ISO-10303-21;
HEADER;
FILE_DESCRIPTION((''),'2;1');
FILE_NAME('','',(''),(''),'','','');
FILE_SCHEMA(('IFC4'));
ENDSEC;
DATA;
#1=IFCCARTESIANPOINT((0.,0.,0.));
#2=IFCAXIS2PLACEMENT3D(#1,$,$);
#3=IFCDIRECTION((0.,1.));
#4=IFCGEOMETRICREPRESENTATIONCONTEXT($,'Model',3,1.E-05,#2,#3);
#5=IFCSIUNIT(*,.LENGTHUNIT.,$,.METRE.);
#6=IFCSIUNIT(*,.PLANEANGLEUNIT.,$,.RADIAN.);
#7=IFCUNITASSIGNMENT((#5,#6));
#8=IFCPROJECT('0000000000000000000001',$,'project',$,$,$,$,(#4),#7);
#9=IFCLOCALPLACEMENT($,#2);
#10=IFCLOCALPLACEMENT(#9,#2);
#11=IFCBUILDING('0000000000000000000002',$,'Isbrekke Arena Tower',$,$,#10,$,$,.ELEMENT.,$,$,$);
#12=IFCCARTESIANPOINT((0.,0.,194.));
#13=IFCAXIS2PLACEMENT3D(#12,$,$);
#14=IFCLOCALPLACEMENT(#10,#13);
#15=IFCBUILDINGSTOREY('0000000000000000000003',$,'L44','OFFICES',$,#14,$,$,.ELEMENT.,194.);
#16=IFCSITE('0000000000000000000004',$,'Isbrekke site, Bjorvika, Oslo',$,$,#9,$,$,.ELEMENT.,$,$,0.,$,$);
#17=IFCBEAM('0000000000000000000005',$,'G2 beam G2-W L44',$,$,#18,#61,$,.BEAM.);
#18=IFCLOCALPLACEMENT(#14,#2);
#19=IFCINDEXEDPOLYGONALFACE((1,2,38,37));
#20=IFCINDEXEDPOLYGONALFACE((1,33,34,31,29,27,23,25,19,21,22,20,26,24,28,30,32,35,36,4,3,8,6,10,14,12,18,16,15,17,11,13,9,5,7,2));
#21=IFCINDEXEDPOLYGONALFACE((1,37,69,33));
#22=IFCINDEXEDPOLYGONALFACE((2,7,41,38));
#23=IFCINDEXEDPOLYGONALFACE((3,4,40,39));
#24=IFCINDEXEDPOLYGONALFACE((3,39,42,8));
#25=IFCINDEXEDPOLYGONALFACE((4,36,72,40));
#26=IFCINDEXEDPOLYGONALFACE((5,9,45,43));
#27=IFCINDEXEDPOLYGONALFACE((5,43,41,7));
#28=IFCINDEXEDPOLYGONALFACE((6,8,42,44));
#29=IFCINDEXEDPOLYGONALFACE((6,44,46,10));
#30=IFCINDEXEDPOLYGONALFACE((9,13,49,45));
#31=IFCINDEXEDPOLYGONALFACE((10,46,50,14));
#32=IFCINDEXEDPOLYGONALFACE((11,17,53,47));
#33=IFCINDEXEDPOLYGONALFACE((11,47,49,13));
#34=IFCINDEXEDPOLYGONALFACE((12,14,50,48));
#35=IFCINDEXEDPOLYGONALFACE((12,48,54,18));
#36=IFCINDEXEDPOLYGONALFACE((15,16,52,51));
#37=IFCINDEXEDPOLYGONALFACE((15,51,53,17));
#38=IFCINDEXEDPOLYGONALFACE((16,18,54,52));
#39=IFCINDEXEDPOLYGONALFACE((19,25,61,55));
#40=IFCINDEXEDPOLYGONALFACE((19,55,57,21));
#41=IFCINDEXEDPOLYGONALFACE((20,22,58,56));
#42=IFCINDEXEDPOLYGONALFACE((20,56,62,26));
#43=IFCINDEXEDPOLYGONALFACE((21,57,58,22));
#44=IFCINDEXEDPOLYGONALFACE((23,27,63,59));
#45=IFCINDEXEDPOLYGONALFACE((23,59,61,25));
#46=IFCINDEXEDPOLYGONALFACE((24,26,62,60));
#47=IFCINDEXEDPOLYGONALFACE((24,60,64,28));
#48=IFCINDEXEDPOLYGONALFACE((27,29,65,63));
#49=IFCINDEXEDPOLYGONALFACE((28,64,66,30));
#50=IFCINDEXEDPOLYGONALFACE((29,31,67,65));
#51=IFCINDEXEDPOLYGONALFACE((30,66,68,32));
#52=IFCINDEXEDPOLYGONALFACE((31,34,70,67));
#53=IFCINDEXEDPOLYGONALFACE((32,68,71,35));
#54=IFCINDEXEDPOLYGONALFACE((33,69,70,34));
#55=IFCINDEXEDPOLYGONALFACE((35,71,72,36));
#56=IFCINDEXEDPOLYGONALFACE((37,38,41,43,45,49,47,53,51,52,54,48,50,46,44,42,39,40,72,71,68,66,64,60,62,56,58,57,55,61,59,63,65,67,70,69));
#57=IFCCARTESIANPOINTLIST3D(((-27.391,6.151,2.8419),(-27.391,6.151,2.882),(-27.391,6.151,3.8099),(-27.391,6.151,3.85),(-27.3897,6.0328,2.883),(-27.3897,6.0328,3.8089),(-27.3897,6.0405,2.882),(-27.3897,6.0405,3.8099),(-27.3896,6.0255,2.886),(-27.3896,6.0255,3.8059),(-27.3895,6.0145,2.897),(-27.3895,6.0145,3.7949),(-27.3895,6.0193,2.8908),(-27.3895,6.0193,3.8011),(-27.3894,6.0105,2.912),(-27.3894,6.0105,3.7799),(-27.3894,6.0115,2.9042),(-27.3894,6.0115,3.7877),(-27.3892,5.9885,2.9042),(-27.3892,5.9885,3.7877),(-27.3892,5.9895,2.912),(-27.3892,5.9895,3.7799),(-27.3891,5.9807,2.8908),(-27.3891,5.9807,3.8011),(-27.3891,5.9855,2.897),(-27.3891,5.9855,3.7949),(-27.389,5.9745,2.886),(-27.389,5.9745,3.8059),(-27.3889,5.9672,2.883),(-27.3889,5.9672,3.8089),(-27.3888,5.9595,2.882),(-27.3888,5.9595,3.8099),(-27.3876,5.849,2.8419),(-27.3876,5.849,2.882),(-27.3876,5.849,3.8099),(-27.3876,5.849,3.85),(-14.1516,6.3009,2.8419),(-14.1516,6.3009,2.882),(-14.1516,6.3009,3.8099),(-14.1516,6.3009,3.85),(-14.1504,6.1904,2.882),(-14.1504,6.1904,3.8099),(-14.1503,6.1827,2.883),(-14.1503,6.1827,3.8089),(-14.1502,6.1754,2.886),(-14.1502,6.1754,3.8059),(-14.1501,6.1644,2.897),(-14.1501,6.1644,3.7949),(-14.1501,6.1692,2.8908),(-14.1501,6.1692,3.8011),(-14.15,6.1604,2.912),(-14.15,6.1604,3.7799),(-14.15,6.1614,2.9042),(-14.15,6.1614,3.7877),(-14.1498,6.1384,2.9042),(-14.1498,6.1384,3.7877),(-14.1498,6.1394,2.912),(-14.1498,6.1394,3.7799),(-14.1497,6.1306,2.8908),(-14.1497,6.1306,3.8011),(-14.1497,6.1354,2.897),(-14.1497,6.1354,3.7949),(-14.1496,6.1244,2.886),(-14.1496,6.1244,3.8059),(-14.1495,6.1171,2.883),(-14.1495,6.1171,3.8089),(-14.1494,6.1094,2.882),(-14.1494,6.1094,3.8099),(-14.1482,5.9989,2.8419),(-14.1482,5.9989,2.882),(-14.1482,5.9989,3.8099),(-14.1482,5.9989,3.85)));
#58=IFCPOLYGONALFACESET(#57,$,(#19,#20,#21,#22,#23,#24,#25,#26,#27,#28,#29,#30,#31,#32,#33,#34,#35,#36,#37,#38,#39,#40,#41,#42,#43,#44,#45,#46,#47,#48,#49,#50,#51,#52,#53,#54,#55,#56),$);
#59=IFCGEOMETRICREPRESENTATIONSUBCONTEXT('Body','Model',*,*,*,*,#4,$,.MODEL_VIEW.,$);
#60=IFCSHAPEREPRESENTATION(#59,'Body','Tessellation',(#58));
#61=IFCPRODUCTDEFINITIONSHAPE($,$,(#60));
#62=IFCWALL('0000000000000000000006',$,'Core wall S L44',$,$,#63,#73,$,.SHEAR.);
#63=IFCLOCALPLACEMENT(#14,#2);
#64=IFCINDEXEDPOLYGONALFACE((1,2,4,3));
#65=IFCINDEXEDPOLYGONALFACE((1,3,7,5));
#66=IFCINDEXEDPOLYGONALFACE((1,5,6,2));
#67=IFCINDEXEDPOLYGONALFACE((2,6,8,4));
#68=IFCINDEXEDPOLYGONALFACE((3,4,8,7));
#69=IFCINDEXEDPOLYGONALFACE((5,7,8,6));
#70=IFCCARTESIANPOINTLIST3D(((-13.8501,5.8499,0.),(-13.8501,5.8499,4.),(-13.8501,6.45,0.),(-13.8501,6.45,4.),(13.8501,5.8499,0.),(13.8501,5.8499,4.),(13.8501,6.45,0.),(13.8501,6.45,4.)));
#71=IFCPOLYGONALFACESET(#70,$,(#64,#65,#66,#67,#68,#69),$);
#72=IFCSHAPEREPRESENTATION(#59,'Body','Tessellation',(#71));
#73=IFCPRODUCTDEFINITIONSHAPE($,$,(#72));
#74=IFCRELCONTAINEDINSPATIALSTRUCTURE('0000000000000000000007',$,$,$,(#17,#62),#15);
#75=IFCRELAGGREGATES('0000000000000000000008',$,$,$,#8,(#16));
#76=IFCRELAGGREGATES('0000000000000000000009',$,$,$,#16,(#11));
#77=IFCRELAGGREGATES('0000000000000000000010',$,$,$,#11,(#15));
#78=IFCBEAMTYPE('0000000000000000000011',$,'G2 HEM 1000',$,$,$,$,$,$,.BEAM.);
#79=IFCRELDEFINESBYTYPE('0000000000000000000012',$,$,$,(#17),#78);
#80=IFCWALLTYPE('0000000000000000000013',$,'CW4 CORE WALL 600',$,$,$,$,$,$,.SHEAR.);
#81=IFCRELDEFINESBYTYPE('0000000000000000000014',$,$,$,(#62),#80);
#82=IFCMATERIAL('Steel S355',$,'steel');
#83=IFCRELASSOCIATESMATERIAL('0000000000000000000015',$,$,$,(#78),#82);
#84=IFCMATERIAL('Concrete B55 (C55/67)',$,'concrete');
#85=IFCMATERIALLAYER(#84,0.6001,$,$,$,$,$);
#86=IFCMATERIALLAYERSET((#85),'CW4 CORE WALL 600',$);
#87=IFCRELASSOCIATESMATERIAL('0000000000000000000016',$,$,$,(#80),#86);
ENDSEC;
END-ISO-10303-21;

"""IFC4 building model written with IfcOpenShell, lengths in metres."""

from ifc_helpers import new_model, si_unit, direction, frame, frame_2d, origin, origin_2d, place, context, subcontext, project, spatial, rectangle, i_section, extrude, material, layer, layer_set, material_profile, profile_set, type_object, element, save


model = new_model("IFC4")

# Units and contexts
model_context = context("Model", 3, precision=1e-05, world=origin(), true_north=direction((0.0, 1.0)))
body_context = subcontext(model_context, "Body", "Model", "MODEL_VIEW")
ifc_project = project(units=[si_unit("LENGTHUNIT", "METRE"), si_unit("PLANEANGLEUNIT", "RADIAN")], contexts=[model_context])

# Site, building, storey
site_placement = place(None, origin())
site = spatial("IfcSite", under=ifc_project, at=site_placement, Name="Isbrekke site, Bjorvika, Oslo", CompositionType="ELEMENT", RefElevation=0.0)
building_placement = place(site_placement, origin())
building = spatial("IfcBuilding", under=site, at=building_placement, Name="Isbrekke Arena Tower", CompositionType="ELEMENT")
storey_placement = place(building_placement, frame((0.0, 0.0, 194.0)))
storey = spatial("IfcBuildingStorey", under=building, at=storey_placement, Name="L44", Description="OFFICES", CompositionType="ELEMENT", Elevation=194.0)

# Beam
ifc_material_1 = material(Name="Steel S355", Category="steel")
ifc_material_profile = material_profile(ifc_material_1, i_section(OverallWidth=0.302, OverallDepth=1.0081, WebThickness=0.021, FlangeThickness=0.04, FilletRadius=0.03, at=origin_2d()), Name="HEM 1000")
ifc_profile_set = profile_set([ifc_material_profile], Name="Steel S355")
beam_type = type_object("IfcBeamType", Name="G2 HEM 1000", PredefinedType="BEAM", material=ifc_profile_set)
beam_placement = place(storey_placement, frame((-14.1499, 6.1499, 3.3459), z_axis=(-0.999936, -0.011322, 0.0), x_axis=(0.011322, -0.999936, 0.0)))
element("IfcBeam", 1, at=beam_placement, inside=storey, type_object=beam_type, Name="G2 beam G2-W L44", PredefinedType="BEAM", context=body_context, shape_type="SweptSolid", body=[
    extrude(i_section(OverallWidth=0.302, OverallDepth=1.0081, WebThickness=0.021, FlangeThickness=0.04, FilletRadius=0.03, at=origin_2d()), origin(), (0.0, 0.0, 1.0), 13.2402),
])

# Wall
ifc_material_2 = material(Name="Concrete B55 (C55/67)", Category="concrete")
ifc_layer_1 = layer(ifc_material_2, 0.6001)
ifc_layer_set_1 = layer_set([ifc_layer_1], Name="CW4 CORE WALL 600")
wall_type_1 = type_object("IfcWallType", Name="CW4 CORE WALL 600", PredefinedType="SHEAR", material=ifc_layer_set_1)
wall_1_placement = place(storey_placement, frame((-13.8501, 6.1499, 0.0), z_axis=(0.0, 0.0, 1.0), x_axis=(1.0, 0.0, 0.0)))
element("IfcWall", 2, at=wall_1_placement, inside=storey, type_object=wall_type_1, Name="Core wall S L44", PredefinedType="SHEAR", context=body_context, shape_type="SweptSolid", body=[
    extrude(rectangle(XDim=27.7002, YDim=0.6001, at=frame_2d((13.8501, 0.0))), origin(), (0.0, 0.0, 1.0), 4.0),
])

save(model, "model.ifc")
